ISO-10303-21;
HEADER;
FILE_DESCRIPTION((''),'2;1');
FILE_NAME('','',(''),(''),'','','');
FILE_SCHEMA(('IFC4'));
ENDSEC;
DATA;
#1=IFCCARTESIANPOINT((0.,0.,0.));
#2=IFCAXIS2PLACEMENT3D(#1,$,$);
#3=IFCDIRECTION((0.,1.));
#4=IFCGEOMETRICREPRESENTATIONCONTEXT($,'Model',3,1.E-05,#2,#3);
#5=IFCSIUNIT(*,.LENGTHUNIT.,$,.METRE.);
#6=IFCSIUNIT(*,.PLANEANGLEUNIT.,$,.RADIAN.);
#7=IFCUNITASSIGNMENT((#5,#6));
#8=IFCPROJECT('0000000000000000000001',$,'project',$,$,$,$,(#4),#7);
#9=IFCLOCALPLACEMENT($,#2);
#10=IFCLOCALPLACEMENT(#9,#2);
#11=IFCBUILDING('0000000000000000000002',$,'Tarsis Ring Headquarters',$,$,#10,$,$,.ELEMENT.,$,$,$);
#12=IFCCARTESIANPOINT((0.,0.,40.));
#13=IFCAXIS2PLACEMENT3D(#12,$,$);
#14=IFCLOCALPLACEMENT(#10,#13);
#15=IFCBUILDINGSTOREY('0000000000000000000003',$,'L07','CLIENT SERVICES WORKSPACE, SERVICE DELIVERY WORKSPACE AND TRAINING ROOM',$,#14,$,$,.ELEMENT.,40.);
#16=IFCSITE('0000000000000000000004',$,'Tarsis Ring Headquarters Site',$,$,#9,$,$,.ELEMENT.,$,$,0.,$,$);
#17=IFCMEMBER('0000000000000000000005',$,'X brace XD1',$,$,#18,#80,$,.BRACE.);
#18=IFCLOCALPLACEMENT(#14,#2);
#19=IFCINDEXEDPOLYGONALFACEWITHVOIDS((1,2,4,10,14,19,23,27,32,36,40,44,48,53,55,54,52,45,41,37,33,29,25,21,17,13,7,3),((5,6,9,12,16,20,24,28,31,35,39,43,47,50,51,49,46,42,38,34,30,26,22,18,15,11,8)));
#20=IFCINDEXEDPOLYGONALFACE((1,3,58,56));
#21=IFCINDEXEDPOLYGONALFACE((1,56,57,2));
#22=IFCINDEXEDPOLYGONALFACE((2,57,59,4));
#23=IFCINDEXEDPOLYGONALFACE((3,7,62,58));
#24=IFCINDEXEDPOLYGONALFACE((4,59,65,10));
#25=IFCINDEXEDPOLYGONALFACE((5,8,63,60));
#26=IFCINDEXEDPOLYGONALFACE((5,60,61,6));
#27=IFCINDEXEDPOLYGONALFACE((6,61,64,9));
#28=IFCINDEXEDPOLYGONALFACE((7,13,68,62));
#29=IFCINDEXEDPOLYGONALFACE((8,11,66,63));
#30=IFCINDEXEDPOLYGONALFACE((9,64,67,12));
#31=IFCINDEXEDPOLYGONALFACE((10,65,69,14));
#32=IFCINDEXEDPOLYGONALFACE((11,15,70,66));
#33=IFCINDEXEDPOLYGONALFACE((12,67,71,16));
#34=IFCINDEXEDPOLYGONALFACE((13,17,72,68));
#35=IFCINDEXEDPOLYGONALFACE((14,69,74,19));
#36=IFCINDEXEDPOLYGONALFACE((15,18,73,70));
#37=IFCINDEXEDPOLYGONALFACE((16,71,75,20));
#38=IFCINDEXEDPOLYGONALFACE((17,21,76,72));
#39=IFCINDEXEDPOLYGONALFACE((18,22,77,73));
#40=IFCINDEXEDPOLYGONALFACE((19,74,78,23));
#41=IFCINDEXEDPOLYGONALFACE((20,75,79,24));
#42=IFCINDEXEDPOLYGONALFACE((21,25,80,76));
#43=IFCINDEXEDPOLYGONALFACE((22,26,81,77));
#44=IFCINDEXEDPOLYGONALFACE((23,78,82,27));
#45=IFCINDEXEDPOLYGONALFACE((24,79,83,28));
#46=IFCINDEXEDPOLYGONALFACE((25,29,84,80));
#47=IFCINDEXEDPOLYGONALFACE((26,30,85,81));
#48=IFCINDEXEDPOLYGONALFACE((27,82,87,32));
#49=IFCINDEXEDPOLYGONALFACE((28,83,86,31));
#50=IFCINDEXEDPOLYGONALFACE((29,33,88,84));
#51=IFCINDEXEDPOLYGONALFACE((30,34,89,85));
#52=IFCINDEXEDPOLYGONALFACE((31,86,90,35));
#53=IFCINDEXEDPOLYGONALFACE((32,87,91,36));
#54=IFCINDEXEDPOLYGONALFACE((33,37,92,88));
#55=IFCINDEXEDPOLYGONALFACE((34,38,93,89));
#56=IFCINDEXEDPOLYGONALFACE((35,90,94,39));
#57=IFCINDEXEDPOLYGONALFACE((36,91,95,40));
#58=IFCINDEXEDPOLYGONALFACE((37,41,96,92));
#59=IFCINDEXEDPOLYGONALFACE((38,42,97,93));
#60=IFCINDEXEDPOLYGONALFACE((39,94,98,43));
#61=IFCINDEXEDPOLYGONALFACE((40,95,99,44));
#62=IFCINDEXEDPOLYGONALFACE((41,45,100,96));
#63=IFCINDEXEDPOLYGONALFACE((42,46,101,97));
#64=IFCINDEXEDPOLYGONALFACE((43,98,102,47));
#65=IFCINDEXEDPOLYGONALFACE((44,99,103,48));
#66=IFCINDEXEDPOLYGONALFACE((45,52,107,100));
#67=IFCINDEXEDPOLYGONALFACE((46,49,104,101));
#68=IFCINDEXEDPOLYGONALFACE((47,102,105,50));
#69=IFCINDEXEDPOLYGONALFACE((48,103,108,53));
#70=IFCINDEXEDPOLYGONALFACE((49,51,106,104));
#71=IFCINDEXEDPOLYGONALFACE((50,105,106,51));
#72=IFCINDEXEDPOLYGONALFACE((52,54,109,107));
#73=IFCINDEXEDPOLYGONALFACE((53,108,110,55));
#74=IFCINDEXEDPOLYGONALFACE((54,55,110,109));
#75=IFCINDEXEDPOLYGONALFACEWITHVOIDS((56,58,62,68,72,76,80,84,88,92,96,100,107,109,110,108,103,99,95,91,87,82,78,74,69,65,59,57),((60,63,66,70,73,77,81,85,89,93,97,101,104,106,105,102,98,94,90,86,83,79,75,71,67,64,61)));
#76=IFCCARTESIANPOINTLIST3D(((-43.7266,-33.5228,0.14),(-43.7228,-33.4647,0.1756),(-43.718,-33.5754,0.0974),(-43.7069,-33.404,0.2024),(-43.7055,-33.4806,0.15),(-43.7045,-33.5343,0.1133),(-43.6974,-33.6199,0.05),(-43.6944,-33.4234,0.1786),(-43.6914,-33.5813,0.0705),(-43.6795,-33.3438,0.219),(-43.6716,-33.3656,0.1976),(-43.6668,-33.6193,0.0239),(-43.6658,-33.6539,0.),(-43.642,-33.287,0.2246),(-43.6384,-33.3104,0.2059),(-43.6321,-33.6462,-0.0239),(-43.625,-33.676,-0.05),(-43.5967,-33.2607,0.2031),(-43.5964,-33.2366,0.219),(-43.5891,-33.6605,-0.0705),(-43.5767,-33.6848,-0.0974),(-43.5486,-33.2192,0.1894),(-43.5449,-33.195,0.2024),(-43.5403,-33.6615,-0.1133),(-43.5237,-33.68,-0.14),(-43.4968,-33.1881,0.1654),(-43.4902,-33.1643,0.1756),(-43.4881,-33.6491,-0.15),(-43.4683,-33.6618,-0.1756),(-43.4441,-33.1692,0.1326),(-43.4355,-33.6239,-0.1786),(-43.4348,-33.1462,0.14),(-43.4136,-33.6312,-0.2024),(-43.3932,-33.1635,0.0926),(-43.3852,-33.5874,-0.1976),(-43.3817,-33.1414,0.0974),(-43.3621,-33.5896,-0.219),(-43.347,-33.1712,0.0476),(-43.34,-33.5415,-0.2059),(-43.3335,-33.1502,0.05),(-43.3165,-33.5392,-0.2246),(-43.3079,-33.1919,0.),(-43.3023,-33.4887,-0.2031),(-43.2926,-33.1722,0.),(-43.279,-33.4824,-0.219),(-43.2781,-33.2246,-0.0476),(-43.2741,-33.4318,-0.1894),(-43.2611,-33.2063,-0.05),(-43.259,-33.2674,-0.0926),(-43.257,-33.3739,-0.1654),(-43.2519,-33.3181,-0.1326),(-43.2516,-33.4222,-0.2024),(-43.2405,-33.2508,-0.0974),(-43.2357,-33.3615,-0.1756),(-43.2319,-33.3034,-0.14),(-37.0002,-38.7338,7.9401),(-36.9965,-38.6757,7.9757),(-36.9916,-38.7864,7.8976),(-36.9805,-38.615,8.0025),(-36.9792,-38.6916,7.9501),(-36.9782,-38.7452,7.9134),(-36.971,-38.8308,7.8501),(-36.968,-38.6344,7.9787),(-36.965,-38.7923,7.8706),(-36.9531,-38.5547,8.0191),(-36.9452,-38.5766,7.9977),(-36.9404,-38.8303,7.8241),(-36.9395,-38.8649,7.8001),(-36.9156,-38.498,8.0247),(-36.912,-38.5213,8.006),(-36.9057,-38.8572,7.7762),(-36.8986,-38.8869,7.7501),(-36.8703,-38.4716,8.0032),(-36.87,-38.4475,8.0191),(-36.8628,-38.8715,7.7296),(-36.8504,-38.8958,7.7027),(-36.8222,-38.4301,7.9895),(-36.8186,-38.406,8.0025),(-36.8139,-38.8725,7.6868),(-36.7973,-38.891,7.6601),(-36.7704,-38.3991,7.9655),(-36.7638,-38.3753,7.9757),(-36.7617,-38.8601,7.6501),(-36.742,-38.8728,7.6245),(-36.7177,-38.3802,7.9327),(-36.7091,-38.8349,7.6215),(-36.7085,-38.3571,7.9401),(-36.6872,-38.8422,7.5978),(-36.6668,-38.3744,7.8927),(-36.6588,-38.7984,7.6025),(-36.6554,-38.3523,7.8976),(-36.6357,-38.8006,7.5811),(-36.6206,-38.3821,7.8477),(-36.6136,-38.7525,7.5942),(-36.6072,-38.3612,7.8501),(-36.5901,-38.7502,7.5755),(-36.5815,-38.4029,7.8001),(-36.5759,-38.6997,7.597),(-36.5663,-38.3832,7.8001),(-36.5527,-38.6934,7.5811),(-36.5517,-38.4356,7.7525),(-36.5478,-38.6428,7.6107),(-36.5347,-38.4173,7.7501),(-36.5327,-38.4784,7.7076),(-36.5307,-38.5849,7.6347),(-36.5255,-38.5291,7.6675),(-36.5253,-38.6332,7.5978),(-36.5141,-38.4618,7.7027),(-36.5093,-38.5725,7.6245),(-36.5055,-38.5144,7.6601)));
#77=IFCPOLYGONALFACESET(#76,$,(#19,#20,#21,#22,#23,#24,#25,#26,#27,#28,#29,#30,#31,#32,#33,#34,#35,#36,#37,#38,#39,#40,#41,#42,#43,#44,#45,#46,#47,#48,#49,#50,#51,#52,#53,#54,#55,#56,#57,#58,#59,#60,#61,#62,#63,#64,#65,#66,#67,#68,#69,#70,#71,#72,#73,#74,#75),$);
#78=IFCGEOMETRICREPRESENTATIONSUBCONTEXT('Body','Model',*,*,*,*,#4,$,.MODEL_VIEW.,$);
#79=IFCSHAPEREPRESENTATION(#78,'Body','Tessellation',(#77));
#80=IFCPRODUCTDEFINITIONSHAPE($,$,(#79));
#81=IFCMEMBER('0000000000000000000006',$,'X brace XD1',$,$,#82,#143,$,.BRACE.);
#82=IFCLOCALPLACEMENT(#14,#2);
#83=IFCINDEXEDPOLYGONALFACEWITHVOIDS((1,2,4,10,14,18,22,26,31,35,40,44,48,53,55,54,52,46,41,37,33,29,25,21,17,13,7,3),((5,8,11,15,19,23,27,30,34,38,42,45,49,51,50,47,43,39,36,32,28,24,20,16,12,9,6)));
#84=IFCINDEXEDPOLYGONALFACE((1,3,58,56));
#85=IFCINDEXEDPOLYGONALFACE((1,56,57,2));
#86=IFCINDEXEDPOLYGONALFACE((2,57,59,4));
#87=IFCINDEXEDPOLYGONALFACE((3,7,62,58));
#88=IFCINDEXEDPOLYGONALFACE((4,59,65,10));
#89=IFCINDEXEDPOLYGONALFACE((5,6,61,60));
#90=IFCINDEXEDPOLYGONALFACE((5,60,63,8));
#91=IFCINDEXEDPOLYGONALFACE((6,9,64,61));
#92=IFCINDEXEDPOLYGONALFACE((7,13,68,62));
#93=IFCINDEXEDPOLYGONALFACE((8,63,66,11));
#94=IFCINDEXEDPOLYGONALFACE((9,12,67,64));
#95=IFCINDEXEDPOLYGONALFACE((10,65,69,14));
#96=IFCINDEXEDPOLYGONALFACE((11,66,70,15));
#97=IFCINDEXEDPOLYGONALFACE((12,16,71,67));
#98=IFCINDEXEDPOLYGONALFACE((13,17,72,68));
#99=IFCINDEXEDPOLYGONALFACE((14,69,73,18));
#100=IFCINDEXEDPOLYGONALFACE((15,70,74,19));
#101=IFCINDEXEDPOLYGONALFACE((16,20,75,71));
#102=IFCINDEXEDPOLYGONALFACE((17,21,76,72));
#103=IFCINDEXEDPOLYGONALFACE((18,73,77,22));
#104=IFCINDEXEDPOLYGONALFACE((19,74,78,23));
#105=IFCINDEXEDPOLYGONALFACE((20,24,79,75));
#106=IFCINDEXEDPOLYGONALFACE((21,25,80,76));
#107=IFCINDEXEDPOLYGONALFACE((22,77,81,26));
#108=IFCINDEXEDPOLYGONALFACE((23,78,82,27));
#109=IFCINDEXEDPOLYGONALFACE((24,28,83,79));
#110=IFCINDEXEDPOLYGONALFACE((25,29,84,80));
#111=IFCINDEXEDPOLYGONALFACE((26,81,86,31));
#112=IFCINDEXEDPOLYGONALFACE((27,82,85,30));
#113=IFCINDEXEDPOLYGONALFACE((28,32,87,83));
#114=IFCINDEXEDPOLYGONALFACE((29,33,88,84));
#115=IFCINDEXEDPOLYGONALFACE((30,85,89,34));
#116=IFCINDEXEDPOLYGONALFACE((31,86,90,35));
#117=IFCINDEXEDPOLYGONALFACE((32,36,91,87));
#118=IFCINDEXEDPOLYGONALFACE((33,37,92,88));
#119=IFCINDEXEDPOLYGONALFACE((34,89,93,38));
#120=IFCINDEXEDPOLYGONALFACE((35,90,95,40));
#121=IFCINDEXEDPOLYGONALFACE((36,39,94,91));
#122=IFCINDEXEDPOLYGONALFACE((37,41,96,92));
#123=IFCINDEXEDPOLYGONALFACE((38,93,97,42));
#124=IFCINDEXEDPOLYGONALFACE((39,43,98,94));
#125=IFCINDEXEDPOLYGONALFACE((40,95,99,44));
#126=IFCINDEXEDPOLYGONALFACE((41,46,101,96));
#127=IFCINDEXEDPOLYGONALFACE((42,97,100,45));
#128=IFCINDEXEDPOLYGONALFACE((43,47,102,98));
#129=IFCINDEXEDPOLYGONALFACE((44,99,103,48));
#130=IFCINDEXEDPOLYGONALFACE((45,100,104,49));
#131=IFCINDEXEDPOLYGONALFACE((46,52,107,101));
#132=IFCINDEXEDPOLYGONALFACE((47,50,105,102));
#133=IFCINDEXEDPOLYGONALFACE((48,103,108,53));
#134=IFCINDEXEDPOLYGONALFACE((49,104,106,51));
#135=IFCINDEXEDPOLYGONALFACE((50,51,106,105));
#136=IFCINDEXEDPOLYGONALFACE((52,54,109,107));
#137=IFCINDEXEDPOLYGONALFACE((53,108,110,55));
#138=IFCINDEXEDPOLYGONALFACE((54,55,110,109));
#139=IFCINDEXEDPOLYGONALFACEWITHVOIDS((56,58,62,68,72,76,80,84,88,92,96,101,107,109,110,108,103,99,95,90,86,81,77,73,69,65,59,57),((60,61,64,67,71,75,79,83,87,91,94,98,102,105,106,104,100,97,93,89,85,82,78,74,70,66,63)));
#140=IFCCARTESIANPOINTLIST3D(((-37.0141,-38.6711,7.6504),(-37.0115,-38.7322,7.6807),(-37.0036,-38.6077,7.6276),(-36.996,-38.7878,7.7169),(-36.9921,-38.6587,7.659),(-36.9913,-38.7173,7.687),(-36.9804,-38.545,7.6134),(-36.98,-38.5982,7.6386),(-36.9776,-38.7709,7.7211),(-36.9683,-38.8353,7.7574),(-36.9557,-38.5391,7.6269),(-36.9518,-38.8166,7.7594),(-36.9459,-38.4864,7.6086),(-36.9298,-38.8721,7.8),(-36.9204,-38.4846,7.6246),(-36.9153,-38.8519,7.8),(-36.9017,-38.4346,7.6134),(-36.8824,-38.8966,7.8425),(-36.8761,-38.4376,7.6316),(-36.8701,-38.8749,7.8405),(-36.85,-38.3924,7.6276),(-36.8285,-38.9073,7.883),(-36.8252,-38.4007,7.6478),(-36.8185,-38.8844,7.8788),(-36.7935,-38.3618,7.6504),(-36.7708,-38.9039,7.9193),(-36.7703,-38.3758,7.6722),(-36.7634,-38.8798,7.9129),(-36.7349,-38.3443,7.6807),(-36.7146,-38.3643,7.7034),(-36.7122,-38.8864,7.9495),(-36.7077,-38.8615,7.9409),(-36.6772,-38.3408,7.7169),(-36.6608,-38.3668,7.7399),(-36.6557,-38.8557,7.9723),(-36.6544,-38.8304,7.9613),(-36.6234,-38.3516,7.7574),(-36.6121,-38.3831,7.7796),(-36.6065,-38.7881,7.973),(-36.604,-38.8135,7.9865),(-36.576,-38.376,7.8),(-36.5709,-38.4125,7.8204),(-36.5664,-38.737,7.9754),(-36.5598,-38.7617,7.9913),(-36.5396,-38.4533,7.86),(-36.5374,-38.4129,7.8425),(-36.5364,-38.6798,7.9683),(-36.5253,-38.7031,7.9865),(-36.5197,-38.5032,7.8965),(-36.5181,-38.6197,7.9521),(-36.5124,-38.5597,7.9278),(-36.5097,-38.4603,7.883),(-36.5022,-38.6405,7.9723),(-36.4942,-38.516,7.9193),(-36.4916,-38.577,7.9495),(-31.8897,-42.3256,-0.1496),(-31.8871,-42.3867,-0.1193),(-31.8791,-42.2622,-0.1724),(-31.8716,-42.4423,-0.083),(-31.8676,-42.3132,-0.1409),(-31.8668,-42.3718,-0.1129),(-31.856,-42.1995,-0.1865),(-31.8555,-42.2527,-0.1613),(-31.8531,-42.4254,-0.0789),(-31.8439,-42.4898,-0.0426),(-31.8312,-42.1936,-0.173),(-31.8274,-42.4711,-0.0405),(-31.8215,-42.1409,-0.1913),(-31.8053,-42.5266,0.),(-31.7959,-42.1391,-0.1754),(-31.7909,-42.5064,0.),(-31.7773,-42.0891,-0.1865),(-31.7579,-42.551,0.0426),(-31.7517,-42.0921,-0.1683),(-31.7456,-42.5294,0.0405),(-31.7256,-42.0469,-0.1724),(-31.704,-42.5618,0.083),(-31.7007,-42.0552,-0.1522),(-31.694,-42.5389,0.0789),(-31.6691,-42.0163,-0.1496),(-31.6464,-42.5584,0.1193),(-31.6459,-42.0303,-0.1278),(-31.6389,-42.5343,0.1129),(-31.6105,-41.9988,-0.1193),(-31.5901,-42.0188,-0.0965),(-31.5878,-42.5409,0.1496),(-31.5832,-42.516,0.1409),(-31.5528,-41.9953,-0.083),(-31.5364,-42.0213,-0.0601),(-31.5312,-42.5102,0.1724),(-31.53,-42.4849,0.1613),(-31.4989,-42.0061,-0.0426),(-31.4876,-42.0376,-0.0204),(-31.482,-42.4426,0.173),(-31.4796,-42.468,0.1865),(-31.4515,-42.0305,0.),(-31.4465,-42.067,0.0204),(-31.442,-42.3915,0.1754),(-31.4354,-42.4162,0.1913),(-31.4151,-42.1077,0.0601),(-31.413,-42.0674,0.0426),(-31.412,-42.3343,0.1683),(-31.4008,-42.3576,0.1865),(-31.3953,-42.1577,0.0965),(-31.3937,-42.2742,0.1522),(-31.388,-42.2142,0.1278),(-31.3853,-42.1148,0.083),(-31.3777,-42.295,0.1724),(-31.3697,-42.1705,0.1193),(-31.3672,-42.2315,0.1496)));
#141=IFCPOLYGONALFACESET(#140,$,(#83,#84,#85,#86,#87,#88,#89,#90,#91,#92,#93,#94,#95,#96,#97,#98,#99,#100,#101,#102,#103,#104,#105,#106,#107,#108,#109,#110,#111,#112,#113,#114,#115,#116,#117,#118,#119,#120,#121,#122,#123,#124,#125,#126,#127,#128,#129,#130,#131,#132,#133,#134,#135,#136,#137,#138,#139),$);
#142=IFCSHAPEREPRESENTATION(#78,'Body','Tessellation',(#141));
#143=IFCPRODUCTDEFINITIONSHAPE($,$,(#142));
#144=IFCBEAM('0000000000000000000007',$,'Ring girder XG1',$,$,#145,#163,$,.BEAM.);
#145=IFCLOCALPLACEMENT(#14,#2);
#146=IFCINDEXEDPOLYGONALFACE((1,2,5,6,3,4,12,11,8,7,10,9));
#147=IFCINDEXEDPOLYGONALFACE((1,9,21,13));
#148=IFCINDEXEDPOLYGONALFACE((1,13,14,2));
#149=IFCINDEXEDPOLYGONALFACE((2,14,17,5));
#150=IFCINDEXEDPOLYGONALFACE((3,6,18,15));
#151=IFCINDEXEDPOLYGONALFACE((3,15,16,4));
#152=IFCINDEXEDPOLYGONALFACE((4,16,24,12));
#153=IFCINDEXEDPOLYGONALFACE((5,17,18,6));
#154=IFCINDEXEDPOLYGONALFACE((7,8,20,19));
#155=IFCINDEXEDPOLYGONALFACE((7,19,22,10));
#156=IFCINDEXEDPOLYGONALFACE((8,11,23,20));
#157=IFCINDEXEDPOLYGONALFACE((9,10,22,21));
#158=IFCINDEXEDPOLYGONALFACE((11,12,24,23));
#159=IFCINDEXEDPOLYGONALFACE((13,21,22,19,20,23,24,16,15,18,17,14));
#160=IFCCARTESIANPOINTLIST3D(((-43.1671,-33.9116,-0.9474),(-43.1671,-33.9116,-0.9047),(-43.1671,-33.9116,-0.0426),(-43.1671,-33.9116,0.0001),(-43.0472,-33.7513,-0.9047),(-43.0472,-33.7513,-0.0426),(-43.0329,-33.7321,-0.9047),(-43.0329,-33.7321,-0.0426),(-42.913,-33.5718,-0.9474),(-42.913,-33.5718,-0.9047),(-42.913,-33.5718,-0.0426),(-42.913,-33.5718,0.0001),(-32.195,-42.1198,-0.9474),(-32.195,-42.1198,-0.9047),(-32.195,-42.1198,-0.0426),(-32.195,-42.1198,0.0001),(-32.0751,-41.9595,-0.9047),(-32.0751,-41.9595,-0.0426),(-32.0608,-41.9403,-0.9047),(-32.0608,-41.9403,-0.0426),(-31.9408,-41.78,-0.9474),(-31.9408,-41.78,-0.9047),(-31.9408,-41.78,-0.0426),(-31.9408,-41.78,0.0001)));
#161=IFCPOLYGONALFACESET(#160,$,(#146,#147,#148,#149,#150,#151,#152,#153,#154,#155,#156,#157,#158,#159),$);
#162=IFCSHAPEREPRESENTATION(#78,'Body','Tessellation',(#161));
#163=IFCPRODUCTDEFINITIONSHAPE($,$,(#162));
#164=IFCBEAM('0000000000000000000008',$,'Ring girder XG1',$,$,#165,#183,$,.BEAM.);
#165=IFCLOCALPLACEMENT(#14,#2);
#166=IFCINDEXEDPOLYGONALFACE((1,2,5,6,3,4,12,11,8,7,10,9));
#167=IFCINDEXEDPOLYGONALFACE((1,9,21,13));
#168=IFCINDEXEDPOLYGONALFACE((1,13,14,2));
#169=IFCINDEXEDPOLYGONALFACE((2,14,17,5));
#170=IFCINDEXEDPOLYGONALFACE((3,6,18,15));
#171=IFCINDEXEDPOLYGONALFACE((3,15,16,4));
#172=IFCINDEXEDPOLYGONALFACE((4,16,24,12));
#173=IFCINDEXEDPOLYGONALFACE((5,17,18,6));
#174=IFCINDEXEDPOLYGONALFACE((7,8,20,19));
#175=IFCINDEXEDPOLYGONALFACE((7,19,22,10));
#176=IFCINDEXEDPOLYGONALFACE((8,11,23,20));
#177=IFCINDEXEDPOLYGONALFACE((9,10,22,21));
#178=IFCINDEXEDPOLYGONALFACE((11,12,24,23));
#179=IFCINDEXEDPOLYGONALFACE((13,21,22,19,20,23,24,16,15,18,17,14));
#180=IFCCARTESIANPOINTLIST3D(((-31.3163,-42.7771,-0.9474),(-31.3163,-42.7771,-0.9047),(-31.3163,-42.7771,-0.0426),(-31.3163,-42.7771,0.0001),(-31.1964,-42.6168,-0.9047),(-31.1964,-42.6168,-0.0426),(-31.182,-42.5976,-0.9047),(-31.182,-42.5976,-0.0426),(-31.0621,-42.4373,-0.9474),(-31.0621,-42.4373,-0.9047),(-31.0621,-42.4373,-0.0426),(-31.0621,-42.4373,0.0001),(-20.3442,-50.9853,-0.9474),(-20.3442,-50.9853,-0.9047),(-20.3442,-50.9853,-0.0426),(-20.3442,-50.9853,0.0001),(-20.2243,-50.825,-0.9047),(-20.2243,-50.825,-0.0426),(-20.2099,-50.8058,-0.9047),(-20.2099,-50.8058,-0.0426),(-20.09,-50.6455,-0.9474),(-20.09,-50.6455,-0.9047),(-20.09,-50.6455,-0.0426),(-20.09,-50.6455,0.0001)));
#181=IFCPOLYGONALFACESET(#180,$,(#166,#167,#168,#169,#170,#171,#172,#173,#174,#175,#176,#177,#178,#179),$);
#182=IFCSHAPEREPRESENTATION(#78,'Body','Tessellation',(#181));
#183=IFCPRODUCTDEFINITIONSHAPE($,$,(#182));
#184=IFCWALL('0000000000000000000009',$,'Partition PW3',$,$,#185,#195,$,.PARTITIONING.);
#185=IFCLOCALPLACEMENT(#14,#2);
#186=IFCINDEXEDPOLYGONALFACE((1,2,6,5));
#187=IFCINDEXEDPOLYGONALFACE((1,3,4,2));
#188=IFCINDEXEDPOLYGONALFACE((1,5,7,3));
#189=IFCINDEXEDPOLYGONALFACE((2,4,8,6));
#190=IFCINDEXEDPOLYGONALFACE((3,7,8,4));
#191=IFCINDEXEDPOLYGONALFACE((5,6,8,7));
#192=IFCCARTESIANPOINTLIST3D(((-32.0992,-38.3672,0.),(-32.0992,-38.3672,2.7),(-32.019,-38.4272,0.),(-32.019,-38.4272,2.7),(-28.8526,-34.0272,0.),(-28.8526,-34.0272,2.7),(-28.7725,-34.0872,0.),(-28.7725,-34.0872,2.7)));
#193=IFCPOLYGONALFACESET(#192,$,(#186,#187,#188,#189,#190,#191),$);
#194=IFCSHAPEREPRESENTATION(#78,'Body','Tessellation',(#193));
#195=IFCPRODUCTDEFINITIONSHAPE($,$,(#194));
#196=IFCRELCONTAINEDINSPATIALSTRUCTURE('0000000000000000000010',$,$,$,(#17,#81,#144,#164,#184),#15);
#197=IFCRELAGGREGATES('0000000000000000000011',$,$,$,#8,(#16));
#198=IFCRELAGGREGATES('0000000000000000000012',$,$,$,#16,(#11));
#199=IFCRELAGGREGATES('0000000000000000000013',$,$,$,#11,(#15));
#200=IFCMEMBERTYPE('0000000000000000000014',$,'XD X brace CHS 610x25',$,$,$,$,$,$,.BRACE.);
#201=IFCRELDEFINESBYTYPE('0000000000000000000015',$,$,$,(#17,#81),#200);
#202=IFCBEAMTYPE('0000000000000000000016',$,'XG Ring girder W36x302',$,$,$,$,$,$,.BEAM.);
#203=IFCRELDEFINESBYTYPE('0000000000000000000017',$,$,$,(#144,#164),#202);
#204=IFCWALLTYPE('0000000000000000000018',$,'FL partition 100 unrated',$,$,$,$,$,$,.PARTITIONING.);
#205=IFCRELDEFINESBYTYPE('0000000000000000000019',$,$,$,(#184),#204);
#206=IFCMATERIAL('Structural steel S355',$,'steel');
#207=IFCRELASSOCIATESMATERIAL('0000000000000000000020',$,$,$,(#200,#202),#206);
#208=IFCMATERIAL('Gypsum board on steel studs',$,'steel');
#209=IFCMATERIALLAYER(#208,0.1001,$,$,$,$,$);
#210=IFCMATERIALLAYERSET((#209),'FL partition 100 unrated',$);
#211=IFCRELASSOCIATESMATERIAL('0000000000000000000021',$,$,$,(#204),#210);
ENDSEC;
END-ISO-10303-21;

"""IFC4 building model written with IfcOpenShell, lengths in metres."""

from ifc_helpers import new_model, si_unit, direction, frame, frame_2d, origin, origin_2d, place, context, subcontext, project, spatial, rectangle, hollow_circle, i_section, extrude, material, layer, layer_set, material_profile, profile_set, type_object, element, save


model = new_model("IFC4")

# Units and contexts
model_context = context("Model", 3, precision=1e-05, world=origin(), true_north=direction((0.0, 1.0)))
body_context = subcontext(model_context, "Body", "Model", "MODEL_VIEW")
ifc_project = project(units=[si_unit("LENGTHUNIT", "METRE"), si_unit("PLANEANGLEUNIT", "RADIAN")], contexts=[model_context])

# Site, building, storey
site_placement = place(None, origin())
site = spatial("IfcSite", under=ifc_project, at=site_placement, Name="Tarsis Ring Headquarters Site", CompositionType="ELEMENT", RefElevation=0.0)
building_placement = place(site_placement, origin())
building = spatial("IfcBuilding", under=site, at=building_placement, Name="Tarsis Ring Headquarters", CompositionType="ELEMENT")
storey_placement = place(building_placement, frame((0.0, 0.0, 40.0)))
storey = spatial("IfcBuildingStorey", under=building, at=storey_placement, Name="L07", Description="CLIENT SERVICES WORKSPACE, SERVICE DELIVERY WORKSPACE AND TRAINING ROOM", CompositionType="ELEMENT", Elevation=40.0)

# Members
ifc_material_1 = material(Name="Structural steel S355", Category="steel")
ifc_material_profile_1 = material_profile(ifc_material_1, hollow_circle(Radius=0.3047, WallThickness=0.0249, at=origin_2d()), Name="CHS 610x25")
ifc_profile_set_1 = profile_set([ifc_material_profile_1], Name="Structural steel S355")
member_type = type_object("IfcMemberType", Name="XD X brace CHS 610x25", PredefinedType="BRACE", material=ifc_profile_set_1)
member_1_placement = place(storey_placement, frame((-43.4792, -33.4131, 0.0), z_axis=(0.582725, -0.451442, 0.675746), x_axis=(0.612428, 0.790527, 0.0)))
element("IfcMember", 1, at=member_1_placement, inside=storey, type_object=member_type, Name="X brace XD1", PredefinedType="BRACE", context=body_context, shape_type="SweptSolid", body=[
    extrude(hollow_circle(Radius=0.3047, WallThickness=0.0249, at=origin_2d()), origin(), (0.0, 0.0, 1.0), 11.543),
])
member_2_placement = place(storey_placement, frame((-31.6284, -42.2786, 0.0), z_axis=(-0.511284, 0.364622, 0.778228), x_axis=(-0.580625, -0.814171, 0.0)))
element("IfcMember", 2, at=member_2_placement, inside=storey, type_object=member_type, Name="X brace XD1", PredefinedType="BRACE", context=body_context, shape_type="SweptSolid", body=[
    extrude(hollow_circle(Radius=0.3047, WallThickness=0.0249, at=origin_2d()), origin(), (0.0, 0.0, 1.0), 10.0227),
])

# Beams
ifc_material_profile_2 = material_profile(ifc_material_1, i_section(OverallWidth=0.4243, OverallDepth=0.9475, WebThickness=0.0239, FlangeThickness=0.0427, at=origin_2d()), Name="W36x302")
ifc_profile_set_2 = profile_set([ifc_material_profile_2], Name="Structural steel S355")
beam_type = type_object("IfcBeamType", Name="XG Ring girder W36x302", PredefinedType="BEAM", material=ifc_profile_set_2)
for number, where, z_axis, x_axis, name in (
    (3, (-43.04, -33.7417, -0.4736), (0.800731, -0.599025, 0.0), (0.599025, 0.800731, 0.0), "Ring girder XG1"),
    (4, (-31.1892, -42.6072, -0.4736), (0.800731, -0.599025, 0.0), (0.599025, 0.800731, 0.0), "Ring girder XG1"),
):
    element("IfcBeam", number, at=place(storey_placement, frame(where, z_axis=z_axis, x_axis=x_axis)), inside=storey, type_object=beam_type, Name=name, PredefinedType="BEAM", context=body_context, shape_type="SweptSolid", body=[
        extrude(i_section(OverallWidth=0.4243, OverallDepth=0.9475, WebThickness=0.0239, FlangeThickness=0.0427, at=origin_2d()), origin(), (0.0, 0.0, 1.0), 13.7026),
    ])

# Wall
ifc_material_2 = material(Name="Gypsum board on steel studs", Category="steel")
ifc_layer_1 = layer(ifc_material_2, 0.1001)
ifc_layer_set_1 = layer_set([ifc_layer_1], Name="FL partition 100 unrated")
wall_type_1 = type_object("IfcWallType", Name="FL partition 100 unrated", PredefinedType="PARTITIONING", material=ifc_layer_set_1)
wall_1_placement = place(storey_placement, frame((-32.0591, -38.3972, 0.0), z_axis=(0.0, 0.0, 1.0), x_axis=(0.598998, 0.800751, 0.0)))
element("IfcWall", 5, at=wall_1_placement, inside=storey, type_object=wall_type_1, Name="Partition PW3", PredefinedType="PARTITIONING", context=body_context, shape_type="SweptSolid", body=[
    extrude(rectangle(XDim=5.4199, YDim=0.1001, at=frame_2d((2.71, 0.0))), origin(), (0.0, 0.0, 1.0), 2.7),
])

save(model, "model.ifc")
